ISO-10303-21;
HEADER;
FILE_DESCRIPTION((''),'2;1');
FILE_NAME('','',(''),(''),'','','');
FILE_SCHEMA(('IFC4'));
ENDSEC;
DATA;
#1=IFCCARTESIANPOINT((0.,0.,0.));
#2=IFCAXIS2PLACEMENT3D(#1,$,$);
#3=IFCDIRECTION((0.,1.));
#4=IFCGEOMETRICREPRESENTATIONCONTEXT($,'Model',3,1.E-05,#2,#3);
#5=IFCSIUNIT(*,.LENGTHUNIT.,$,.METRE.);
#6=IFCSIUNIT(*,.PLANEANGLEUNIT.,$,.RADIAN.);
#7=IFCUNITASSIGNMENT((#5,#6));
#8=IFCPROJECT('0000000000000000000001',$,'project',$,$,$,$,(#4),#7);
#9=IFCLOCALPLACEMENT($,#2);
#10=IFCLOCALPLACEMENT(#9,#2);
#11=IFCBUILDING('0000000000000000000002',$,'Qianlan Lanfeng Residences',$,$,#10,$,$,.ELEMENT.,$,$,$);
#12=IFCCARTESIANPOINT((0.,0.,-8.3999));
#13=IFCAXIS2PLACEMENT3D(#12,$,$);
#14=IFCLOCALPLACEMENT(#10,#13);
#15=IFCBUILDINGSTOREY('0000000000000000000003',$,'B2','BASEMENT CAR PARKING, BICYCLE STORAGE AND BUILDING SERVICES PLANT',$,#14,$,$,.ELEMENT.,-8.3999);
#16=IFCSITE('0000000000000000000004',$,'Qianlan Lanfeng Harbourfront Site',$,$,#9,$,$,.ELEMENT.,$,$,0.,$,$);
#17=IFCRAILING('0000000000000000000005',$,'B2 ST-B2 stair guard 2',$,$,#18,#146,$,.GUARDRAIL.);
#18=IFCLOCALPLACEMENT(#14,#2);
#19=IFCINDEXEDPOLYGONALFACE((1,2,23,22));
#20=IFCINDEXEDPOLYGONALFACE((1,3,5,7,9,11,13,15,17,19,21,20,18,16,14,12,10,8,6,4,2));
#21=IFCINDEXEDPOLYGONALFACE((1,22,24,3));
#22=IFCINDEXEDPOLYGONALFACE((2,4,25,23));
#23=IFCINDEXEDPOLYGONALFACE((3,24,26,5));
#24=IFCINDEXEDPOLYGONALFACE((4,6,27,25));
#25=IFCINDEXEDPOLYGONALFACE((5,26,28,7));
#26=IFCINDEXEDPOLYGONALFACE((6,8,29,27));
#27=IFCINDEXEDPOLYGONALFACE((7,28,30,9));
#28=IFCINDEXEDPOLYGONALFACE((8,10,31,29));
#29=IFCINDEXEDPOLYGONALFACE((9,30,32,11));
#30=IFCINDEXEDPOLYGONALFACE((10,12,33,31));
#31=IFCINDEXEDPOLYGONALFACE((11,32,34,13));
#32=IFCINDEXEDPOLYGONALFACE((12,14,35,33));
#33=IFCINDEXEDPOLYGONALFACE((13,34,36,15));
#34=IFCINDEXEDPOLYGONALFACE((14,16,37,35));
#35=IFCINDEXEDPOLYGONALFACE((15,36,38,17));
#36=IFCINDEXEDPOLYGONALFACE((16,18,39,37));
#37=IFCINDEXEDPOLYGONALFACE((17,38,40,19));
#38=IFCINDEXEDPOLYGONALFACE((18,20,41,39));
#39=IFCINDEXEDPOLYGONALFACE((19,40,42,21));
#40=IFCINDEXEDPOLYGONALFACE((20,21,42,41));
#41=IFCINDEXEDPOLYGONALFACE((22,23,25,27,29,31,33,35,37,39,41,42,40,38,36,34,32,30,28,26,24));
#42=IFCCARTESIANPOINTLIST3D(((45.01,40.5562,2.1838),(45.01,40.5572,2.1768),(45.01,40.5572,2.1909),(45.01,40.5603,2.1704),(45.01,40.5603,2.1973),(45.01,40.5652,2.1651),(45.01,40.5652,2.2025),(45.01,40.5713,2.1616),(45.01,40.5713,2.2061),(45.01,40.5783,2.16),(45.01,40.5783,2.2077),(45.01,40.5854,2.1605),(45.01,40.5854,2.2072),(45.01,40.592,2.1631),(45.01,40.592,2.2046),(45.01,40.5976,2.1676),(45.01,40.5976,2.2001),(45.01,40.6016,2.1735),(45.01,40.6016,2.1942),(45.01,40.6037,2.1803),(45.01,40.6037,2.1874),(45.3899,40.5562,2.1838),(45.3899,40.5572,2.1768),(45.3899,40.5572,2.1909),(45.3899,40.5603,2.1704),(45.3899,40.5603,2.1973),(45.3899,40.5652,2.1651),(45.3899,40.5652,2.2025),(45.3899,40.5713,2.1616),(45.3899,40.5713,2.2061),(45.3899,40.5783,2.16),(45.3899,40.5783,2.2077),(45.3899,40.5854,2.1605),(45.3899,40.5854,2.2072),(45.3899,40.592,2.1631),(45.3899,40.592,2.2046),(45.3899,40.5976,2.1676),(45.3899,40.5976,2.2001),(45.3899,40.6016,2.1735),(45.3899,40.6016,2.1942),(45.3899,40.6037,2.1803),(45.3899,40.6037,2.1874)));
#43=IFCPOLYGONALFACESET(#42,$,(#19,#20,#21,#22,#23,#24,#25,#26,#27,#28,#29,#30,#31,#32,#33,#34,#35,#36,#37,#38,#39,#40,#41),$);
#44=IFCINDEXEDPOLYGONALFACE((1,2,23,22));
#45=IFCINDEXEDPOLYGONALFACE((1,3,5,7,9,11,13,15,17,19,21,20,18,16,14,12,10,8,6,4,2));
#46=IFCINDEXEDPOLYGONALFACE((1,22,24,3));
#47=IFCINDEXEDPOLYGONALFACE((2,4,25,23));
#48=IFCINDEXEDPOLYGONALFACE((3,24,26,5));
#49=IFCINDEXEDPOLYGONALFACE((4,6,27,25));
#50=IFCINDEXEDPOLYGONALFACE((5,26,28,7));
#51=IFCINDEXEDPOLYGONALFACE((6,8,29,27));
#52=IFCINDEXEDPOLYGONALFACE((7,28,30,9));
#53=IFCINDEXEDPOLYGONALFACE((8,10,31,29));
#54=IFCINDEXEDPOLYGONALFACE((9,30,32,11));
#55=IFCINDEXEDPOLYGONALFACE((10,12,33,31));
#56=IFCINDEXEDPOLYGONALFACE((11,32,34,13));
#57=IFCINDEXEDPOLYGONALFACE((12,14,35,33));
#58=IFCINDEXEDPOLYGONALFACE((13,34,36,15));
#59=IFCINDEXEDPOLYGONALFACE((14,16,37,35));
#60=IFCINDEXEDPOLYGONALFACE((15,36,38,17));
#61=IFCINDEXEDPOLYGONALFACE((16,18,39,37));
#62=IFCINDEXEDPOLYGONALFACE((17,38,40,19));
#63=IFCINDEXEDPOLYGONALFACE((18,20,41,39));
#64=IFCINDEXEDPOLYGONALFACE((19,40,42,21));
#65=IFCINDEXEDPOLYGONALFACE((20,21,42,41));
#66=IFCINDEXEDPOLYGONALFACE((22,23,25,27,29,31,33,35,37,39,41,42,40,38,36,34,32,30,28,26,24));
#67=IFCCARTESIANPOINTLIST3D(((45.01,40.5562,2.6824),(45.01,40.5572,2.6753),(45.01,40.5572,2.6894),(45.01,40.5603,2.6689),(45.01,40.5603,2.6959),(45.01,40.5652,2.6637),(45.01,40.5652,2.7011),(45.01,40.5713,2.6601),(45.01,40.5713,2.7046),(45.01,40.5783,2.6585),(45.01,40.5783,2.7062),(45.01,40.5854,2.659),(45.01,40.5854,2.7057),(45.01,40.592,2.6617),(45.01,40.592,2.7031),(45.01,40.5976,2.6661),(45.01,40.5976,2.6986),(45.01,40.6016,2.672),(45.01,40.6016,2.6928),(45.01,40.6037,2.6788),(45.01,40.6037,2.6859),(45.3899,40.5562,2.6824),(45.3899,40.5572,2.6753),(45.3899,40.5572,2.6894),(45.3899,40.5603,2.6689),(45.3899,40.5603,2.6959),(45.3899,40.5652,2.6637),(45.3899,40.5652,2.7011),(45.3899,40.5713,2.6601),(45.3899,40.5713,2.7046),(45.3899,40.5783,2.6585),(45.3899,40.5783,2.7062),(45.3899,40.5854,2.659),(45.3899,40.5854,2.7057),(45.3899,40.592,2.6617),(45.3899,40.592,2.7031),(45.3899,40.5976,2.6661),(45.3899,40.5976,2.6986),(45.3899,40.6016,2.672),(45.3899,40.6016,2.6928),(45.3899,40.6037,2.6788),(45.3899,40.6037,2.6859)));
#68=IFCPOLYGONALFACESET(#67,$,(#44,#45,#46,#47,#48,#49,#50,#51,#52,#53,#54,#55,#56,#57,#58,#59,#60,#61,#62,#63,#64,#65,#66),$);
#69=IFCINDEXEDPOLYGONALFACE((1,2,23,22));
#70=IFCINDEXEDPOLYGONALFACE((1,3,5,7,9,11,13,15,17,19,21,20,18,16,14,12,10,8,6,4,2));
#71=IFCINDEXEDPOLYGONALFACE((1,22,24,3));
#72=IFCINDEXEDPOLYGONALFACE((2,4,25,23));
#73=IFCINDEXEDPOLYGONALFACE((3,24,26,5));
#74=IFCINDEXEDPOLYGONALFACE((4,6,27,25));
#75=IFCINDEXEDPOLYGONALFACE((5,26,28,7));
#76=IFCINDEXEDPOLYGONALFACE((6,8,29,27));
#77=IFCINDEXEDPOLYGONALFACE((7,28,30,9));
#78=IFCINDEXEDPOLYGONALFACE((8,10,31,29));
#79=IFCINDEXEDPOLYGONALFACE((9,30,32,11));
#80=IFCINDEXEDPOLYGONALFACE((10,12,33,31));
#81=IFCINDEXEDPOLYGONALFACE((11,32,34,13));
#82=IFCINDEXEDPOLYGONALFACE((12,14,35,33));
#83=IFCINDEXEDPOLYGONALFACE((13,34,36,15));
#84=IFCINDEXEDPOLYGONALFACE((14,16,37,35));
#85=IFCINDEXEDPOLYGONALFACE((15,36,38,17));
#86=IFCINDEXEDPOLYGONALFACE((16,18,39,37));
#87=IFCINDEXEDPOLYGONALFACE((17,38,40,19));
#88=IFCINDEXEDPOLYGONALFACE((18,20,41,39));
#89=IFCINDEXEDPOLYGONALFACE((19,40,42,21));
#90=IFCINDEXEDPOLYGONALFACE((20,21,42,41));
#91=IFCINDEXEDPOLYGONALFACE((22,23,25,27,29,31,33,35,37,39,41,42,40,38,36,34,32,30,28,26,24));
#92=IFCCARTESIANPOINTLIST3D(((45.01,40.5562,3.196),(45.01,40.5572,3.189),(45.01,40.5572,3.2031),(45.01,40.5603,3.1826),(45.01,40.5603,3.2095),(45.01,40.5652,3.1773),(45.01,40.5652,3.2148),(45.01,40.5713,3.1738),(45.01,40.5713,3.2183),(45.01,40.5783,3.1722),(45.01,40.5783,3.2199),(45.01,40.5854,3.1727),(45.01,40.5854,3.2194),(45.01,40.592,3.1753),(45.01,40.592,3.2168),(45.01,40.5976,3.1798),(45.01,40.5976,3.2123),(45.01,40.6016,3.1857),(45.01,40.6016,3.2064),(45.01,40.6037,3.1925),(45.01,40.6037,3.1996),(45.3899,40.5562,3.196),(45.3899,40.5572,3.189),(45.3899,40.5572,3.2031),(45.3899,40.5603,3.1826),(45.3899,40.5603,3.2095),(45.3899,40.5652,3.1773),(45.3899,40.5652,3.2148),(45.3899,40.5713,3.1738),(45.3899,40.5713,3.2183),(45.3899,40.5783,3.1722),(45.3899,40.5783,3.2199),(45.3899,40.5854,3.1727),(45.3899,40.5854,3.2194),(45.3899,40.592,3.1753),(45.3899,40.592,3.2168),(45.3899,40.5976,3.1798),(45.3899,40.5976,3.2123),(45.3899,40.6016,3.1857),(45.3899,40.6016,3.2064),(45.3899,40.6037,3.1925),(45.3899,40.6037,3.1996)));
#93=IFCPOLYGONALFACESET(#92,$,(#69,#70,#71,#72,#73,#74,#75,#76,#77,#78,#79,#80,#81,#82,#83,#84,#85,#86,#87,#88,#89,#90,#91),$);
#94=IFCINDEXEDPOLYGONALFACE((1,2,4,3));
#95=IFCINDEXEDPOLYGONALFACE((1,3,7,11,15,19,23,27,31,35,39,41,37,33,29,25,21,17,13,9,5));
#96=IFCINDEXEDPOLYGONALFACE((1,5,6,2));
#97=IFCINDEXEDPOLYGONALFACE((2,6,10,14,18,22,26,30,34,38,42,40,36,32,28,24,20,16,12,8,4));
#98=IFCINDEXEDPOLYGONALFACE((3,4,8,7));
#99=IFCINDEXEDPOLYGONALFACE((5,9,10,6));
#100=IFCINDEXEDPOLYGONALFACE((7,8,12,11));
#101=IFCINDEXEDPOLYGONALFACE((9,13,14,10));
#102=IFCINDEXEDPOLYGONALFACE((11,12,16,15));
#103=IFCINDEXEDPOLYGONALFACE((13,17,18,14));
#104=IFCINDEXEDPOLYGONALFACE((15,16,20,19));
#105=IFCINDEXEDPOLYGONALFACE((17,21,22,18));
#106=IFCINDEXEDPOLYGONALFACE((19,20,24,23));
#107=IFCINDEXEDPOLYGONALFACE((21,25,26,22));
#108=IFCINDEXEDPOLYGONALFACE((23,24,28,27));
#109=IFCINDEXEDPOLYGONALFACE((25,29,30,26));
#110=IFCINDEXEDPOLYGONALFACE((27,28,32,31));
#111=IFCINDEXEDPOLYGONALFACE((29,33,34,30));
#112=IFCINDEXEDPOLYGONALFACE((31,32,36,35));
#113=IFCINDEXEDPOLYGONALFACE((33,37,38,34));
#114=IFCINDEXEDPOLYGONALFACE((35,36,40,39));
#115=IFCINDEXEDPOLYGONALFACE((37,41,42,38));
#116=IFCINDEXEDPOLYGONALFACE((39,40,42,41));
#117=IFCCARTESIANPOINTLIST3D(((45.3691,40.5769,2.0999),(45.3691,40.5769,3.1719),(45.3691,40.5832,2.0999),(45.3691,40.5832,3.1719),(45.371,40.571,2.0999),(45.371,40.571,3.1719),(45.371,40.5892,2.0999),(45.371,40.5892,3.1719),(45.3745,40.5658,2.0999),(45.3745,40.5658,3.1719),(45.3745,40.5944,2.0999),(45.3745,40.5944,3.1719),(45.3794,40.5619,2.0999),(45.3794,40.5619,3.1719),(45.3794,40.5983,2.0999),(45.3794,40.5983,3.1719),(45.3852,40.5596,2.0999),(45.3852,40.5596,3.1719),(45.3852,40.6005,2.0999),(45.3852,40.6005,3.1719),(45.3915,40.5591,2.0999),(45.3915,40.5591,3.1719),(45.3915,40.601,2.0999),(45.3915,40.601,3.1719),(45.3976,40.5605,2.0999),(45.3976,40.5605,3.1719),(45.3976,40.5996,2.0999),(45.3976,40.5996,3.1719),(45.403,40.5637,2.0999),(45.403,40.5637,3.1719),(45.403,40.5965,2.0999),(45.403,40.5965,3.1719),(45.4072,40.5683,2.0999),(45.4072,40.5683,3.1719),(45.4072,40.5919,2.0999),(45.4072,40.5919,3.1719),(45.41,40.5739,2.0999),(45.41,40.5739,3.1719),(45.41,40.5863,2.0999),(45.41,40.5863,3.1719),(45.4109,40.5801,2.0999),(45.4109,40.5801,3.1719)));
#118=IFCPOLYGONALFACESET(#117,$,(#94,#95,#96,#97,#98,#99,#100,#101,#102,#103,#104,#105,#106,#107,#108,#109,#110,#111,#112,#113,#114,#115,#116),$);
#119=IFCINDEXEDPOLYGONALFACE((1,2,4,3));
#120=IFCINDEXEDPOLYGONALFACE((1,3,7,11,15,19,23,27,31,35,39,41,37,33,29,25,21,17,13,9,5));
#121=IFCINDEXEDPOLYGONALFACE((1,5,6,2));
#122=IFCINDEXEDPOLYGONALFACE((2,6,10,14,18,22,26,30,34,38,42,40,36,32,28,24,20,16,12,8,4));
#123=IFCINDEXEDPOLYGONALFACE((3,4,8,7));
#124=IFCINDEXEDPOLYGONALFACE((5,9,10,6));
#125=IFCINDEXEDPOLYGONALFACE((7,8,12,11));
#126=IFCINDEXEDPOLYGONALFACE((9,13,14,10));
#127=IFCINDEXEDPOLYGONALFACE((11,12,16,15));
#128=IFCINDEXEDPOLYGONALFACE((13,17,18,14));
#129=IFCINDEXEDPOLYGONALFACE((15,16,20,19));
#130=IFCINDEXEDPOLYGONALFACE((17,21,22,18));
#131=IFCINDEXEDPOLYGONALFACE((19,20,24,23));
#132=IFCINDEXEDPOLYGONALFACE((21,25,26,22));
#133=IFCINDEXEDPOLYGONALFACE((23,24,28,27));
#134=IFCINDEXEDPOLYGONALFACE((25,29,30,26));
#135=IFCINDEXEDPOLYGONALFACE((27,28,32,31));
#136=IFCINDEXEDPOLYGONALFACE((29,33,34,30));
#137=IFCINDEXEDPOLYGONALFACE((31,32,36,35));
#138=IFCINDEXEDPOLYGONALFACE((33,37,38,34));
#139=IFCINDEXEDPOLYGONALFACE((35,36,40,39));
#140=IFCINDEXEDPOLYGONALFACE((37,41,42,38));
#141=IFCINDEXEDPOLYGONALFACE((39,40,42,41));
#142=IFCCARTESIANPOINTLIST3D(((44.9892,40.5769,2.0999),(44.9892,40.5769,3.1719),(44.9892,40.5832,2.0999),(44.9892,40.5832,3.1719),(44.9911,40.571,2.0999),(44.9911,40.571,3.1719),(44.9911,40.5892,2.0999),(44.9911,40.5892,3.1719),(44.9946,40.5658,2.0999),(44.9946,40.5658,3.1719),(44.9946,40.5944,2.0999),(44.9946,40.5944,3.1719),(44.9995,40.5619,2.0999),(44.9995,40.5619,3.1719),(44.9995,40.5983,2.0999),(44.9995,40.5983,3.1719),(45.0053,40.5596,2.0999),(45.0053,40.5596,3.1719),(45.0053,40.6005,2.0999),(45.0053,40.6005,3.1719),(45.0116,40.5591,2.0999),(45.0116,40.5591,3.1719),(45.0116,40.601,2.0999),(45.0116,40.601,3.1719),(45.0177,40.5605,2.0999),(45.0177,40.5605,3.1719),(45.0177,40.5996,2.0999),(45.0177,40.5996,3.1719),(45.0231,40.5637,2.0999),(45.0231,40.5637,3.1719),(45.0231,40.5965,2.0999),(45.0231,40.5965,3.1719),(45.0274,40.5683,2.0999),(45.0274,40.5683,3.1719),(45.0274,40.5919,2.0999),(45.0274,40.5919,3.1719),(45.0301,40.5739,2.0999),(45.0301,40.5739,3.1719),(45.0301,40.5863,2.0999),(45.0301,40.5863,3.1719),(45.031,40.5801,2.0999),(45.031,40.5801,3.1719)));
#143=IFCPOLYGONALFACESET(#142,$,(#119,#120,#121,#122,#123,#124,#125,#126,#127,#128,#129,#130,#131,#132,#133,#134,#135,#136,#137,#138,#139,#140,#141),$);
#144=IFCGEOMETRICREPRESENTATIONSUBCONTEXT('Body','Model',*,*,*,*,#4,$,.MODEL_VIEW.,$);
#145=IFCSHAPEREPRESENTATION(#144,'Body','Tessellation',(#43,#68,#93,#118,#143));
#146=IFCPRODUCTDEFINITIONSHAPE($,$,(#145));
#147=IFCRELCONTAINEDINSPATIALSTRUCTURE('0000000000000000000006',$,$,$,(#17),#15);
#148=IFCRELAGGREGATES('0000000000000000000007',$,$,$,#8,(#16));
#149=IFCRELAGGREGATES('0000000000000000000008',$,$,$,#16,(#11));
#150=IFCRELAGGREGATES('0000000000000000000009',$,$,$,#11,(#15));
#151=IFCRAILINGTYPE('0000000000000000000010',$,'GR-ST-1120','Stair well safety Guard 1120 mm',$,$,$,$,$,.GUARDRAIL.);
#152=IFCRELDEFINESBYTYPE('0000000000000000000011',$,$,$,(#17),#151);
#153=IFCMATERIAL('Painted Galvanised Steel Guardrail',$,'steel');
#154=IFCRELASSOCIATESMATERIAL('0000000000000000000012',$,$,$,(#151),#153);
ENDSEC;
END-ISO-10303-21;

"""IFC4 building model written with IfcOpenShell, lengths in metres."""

from ifc_helpers import new_model, si_unit, direction, frame, origin, origin_2d, place, context, subcontext, project, spatial, circle, extrude, material, type_object, element, save


model = new_model("IFC4")

# Units and contexts
model_context = context("Model", 3, precision=1e-05, world=origin(), true_north=direction((0.0, 1.0)))
body_context = subcontext(model_context, "Body", "Model", "MODEL_VIEW")
ifc_project = project(units=[si_unit("LENGTHUNIT", "METRE"), si_unit("PLANEANGLEUNIT", "RADIAN")], contexts=[model_context])

# Site, building, storey
site_placement = place(None, origin())
site = spatial("IfcSite", under=ifc_project, at=site_placement, Name="Qianlan Lanfeng Harbourfront Site", CompositionType="ELEMENT", RefElevation=0.0)
building_placement = place(site_placement, origin())
building = spatial("IfcBuilding", under=site, at=building_placement, Name="Qianlan Lanfeng Residences", CompositionType="ELEMENT")
storey_placement = place(building_placement, frame((0.0, 0.0, -8.3999)))
storey = spatial("IfcBuildingStorey", under=building, at=storey_placement, Name="B2", Description="BASEMENT CAR PARKING, BICYCLE STORAGE AND BUILDING SERVICES PLANT", CompositionType="ELEMENT", Elevation=-8.3999)

# Railing
ifc_material_1 = material(Name="Painted Galvanised Steel Guardrail", Category="steel")
railing_type_1 = type_object("IfcRailingType", Name="GR-ST-1120", Description="Stair well safety Guard 1120 mm", PredefinedType="GUARDRAIL", material=ifc_material_1)
railing_1_placement = place(storey_placement, frame((45.3899, 40.5801, 2.0999)))
element("IfcRailing", 1, at=railing_1_placement, inside=storey, type_object=railing_type_1, Name="B2 ST-B2 stair guard 2", PredefinedType="GUARDRAIL", context=body_context, shape_type="SweptSolid", body=[
    extrude(circle(Radius=0.0239, at=origin_2d()), frame((0.0, 0.0, 0.084), z_axis=(-1.0, 0.0, 0.0), x_axis=(0.0, -1.0, 0.0)), (0.0, 0.0, 1.0), 0.3799),
    extrude(circle(Radius=0.0239, at=origin_2d()), frame((0.0, 0.0, 0.5825), z_axis=(-1.0, 0.0, 0.0), x_axis=(0.0, -1.0, 0.0)), (0.0, 0.0, 1.0), 0.3799),
    extrude(circle(Radius=0.0239, at=origin_2d()), frame((0.0, 0.0, 1.0962), z_axis=(-1.0, 0.0, 0.0), x_axis=(0.0, -1.0, 0.0)), (0.0, 0.0, 1.0), 0.3799),
    extrude(circle(Radius=0.021, at=origin_2d()), origin(), (0.0, 0.0, 1.0), 1.072),
    extrude(circle(Radius=0.021, at=origin_2d()), frame((-0.3799, 0.0, 0.0)), (0.0, 0.0, 1.0), 1.072),
])

save(model, "model.ifc")
